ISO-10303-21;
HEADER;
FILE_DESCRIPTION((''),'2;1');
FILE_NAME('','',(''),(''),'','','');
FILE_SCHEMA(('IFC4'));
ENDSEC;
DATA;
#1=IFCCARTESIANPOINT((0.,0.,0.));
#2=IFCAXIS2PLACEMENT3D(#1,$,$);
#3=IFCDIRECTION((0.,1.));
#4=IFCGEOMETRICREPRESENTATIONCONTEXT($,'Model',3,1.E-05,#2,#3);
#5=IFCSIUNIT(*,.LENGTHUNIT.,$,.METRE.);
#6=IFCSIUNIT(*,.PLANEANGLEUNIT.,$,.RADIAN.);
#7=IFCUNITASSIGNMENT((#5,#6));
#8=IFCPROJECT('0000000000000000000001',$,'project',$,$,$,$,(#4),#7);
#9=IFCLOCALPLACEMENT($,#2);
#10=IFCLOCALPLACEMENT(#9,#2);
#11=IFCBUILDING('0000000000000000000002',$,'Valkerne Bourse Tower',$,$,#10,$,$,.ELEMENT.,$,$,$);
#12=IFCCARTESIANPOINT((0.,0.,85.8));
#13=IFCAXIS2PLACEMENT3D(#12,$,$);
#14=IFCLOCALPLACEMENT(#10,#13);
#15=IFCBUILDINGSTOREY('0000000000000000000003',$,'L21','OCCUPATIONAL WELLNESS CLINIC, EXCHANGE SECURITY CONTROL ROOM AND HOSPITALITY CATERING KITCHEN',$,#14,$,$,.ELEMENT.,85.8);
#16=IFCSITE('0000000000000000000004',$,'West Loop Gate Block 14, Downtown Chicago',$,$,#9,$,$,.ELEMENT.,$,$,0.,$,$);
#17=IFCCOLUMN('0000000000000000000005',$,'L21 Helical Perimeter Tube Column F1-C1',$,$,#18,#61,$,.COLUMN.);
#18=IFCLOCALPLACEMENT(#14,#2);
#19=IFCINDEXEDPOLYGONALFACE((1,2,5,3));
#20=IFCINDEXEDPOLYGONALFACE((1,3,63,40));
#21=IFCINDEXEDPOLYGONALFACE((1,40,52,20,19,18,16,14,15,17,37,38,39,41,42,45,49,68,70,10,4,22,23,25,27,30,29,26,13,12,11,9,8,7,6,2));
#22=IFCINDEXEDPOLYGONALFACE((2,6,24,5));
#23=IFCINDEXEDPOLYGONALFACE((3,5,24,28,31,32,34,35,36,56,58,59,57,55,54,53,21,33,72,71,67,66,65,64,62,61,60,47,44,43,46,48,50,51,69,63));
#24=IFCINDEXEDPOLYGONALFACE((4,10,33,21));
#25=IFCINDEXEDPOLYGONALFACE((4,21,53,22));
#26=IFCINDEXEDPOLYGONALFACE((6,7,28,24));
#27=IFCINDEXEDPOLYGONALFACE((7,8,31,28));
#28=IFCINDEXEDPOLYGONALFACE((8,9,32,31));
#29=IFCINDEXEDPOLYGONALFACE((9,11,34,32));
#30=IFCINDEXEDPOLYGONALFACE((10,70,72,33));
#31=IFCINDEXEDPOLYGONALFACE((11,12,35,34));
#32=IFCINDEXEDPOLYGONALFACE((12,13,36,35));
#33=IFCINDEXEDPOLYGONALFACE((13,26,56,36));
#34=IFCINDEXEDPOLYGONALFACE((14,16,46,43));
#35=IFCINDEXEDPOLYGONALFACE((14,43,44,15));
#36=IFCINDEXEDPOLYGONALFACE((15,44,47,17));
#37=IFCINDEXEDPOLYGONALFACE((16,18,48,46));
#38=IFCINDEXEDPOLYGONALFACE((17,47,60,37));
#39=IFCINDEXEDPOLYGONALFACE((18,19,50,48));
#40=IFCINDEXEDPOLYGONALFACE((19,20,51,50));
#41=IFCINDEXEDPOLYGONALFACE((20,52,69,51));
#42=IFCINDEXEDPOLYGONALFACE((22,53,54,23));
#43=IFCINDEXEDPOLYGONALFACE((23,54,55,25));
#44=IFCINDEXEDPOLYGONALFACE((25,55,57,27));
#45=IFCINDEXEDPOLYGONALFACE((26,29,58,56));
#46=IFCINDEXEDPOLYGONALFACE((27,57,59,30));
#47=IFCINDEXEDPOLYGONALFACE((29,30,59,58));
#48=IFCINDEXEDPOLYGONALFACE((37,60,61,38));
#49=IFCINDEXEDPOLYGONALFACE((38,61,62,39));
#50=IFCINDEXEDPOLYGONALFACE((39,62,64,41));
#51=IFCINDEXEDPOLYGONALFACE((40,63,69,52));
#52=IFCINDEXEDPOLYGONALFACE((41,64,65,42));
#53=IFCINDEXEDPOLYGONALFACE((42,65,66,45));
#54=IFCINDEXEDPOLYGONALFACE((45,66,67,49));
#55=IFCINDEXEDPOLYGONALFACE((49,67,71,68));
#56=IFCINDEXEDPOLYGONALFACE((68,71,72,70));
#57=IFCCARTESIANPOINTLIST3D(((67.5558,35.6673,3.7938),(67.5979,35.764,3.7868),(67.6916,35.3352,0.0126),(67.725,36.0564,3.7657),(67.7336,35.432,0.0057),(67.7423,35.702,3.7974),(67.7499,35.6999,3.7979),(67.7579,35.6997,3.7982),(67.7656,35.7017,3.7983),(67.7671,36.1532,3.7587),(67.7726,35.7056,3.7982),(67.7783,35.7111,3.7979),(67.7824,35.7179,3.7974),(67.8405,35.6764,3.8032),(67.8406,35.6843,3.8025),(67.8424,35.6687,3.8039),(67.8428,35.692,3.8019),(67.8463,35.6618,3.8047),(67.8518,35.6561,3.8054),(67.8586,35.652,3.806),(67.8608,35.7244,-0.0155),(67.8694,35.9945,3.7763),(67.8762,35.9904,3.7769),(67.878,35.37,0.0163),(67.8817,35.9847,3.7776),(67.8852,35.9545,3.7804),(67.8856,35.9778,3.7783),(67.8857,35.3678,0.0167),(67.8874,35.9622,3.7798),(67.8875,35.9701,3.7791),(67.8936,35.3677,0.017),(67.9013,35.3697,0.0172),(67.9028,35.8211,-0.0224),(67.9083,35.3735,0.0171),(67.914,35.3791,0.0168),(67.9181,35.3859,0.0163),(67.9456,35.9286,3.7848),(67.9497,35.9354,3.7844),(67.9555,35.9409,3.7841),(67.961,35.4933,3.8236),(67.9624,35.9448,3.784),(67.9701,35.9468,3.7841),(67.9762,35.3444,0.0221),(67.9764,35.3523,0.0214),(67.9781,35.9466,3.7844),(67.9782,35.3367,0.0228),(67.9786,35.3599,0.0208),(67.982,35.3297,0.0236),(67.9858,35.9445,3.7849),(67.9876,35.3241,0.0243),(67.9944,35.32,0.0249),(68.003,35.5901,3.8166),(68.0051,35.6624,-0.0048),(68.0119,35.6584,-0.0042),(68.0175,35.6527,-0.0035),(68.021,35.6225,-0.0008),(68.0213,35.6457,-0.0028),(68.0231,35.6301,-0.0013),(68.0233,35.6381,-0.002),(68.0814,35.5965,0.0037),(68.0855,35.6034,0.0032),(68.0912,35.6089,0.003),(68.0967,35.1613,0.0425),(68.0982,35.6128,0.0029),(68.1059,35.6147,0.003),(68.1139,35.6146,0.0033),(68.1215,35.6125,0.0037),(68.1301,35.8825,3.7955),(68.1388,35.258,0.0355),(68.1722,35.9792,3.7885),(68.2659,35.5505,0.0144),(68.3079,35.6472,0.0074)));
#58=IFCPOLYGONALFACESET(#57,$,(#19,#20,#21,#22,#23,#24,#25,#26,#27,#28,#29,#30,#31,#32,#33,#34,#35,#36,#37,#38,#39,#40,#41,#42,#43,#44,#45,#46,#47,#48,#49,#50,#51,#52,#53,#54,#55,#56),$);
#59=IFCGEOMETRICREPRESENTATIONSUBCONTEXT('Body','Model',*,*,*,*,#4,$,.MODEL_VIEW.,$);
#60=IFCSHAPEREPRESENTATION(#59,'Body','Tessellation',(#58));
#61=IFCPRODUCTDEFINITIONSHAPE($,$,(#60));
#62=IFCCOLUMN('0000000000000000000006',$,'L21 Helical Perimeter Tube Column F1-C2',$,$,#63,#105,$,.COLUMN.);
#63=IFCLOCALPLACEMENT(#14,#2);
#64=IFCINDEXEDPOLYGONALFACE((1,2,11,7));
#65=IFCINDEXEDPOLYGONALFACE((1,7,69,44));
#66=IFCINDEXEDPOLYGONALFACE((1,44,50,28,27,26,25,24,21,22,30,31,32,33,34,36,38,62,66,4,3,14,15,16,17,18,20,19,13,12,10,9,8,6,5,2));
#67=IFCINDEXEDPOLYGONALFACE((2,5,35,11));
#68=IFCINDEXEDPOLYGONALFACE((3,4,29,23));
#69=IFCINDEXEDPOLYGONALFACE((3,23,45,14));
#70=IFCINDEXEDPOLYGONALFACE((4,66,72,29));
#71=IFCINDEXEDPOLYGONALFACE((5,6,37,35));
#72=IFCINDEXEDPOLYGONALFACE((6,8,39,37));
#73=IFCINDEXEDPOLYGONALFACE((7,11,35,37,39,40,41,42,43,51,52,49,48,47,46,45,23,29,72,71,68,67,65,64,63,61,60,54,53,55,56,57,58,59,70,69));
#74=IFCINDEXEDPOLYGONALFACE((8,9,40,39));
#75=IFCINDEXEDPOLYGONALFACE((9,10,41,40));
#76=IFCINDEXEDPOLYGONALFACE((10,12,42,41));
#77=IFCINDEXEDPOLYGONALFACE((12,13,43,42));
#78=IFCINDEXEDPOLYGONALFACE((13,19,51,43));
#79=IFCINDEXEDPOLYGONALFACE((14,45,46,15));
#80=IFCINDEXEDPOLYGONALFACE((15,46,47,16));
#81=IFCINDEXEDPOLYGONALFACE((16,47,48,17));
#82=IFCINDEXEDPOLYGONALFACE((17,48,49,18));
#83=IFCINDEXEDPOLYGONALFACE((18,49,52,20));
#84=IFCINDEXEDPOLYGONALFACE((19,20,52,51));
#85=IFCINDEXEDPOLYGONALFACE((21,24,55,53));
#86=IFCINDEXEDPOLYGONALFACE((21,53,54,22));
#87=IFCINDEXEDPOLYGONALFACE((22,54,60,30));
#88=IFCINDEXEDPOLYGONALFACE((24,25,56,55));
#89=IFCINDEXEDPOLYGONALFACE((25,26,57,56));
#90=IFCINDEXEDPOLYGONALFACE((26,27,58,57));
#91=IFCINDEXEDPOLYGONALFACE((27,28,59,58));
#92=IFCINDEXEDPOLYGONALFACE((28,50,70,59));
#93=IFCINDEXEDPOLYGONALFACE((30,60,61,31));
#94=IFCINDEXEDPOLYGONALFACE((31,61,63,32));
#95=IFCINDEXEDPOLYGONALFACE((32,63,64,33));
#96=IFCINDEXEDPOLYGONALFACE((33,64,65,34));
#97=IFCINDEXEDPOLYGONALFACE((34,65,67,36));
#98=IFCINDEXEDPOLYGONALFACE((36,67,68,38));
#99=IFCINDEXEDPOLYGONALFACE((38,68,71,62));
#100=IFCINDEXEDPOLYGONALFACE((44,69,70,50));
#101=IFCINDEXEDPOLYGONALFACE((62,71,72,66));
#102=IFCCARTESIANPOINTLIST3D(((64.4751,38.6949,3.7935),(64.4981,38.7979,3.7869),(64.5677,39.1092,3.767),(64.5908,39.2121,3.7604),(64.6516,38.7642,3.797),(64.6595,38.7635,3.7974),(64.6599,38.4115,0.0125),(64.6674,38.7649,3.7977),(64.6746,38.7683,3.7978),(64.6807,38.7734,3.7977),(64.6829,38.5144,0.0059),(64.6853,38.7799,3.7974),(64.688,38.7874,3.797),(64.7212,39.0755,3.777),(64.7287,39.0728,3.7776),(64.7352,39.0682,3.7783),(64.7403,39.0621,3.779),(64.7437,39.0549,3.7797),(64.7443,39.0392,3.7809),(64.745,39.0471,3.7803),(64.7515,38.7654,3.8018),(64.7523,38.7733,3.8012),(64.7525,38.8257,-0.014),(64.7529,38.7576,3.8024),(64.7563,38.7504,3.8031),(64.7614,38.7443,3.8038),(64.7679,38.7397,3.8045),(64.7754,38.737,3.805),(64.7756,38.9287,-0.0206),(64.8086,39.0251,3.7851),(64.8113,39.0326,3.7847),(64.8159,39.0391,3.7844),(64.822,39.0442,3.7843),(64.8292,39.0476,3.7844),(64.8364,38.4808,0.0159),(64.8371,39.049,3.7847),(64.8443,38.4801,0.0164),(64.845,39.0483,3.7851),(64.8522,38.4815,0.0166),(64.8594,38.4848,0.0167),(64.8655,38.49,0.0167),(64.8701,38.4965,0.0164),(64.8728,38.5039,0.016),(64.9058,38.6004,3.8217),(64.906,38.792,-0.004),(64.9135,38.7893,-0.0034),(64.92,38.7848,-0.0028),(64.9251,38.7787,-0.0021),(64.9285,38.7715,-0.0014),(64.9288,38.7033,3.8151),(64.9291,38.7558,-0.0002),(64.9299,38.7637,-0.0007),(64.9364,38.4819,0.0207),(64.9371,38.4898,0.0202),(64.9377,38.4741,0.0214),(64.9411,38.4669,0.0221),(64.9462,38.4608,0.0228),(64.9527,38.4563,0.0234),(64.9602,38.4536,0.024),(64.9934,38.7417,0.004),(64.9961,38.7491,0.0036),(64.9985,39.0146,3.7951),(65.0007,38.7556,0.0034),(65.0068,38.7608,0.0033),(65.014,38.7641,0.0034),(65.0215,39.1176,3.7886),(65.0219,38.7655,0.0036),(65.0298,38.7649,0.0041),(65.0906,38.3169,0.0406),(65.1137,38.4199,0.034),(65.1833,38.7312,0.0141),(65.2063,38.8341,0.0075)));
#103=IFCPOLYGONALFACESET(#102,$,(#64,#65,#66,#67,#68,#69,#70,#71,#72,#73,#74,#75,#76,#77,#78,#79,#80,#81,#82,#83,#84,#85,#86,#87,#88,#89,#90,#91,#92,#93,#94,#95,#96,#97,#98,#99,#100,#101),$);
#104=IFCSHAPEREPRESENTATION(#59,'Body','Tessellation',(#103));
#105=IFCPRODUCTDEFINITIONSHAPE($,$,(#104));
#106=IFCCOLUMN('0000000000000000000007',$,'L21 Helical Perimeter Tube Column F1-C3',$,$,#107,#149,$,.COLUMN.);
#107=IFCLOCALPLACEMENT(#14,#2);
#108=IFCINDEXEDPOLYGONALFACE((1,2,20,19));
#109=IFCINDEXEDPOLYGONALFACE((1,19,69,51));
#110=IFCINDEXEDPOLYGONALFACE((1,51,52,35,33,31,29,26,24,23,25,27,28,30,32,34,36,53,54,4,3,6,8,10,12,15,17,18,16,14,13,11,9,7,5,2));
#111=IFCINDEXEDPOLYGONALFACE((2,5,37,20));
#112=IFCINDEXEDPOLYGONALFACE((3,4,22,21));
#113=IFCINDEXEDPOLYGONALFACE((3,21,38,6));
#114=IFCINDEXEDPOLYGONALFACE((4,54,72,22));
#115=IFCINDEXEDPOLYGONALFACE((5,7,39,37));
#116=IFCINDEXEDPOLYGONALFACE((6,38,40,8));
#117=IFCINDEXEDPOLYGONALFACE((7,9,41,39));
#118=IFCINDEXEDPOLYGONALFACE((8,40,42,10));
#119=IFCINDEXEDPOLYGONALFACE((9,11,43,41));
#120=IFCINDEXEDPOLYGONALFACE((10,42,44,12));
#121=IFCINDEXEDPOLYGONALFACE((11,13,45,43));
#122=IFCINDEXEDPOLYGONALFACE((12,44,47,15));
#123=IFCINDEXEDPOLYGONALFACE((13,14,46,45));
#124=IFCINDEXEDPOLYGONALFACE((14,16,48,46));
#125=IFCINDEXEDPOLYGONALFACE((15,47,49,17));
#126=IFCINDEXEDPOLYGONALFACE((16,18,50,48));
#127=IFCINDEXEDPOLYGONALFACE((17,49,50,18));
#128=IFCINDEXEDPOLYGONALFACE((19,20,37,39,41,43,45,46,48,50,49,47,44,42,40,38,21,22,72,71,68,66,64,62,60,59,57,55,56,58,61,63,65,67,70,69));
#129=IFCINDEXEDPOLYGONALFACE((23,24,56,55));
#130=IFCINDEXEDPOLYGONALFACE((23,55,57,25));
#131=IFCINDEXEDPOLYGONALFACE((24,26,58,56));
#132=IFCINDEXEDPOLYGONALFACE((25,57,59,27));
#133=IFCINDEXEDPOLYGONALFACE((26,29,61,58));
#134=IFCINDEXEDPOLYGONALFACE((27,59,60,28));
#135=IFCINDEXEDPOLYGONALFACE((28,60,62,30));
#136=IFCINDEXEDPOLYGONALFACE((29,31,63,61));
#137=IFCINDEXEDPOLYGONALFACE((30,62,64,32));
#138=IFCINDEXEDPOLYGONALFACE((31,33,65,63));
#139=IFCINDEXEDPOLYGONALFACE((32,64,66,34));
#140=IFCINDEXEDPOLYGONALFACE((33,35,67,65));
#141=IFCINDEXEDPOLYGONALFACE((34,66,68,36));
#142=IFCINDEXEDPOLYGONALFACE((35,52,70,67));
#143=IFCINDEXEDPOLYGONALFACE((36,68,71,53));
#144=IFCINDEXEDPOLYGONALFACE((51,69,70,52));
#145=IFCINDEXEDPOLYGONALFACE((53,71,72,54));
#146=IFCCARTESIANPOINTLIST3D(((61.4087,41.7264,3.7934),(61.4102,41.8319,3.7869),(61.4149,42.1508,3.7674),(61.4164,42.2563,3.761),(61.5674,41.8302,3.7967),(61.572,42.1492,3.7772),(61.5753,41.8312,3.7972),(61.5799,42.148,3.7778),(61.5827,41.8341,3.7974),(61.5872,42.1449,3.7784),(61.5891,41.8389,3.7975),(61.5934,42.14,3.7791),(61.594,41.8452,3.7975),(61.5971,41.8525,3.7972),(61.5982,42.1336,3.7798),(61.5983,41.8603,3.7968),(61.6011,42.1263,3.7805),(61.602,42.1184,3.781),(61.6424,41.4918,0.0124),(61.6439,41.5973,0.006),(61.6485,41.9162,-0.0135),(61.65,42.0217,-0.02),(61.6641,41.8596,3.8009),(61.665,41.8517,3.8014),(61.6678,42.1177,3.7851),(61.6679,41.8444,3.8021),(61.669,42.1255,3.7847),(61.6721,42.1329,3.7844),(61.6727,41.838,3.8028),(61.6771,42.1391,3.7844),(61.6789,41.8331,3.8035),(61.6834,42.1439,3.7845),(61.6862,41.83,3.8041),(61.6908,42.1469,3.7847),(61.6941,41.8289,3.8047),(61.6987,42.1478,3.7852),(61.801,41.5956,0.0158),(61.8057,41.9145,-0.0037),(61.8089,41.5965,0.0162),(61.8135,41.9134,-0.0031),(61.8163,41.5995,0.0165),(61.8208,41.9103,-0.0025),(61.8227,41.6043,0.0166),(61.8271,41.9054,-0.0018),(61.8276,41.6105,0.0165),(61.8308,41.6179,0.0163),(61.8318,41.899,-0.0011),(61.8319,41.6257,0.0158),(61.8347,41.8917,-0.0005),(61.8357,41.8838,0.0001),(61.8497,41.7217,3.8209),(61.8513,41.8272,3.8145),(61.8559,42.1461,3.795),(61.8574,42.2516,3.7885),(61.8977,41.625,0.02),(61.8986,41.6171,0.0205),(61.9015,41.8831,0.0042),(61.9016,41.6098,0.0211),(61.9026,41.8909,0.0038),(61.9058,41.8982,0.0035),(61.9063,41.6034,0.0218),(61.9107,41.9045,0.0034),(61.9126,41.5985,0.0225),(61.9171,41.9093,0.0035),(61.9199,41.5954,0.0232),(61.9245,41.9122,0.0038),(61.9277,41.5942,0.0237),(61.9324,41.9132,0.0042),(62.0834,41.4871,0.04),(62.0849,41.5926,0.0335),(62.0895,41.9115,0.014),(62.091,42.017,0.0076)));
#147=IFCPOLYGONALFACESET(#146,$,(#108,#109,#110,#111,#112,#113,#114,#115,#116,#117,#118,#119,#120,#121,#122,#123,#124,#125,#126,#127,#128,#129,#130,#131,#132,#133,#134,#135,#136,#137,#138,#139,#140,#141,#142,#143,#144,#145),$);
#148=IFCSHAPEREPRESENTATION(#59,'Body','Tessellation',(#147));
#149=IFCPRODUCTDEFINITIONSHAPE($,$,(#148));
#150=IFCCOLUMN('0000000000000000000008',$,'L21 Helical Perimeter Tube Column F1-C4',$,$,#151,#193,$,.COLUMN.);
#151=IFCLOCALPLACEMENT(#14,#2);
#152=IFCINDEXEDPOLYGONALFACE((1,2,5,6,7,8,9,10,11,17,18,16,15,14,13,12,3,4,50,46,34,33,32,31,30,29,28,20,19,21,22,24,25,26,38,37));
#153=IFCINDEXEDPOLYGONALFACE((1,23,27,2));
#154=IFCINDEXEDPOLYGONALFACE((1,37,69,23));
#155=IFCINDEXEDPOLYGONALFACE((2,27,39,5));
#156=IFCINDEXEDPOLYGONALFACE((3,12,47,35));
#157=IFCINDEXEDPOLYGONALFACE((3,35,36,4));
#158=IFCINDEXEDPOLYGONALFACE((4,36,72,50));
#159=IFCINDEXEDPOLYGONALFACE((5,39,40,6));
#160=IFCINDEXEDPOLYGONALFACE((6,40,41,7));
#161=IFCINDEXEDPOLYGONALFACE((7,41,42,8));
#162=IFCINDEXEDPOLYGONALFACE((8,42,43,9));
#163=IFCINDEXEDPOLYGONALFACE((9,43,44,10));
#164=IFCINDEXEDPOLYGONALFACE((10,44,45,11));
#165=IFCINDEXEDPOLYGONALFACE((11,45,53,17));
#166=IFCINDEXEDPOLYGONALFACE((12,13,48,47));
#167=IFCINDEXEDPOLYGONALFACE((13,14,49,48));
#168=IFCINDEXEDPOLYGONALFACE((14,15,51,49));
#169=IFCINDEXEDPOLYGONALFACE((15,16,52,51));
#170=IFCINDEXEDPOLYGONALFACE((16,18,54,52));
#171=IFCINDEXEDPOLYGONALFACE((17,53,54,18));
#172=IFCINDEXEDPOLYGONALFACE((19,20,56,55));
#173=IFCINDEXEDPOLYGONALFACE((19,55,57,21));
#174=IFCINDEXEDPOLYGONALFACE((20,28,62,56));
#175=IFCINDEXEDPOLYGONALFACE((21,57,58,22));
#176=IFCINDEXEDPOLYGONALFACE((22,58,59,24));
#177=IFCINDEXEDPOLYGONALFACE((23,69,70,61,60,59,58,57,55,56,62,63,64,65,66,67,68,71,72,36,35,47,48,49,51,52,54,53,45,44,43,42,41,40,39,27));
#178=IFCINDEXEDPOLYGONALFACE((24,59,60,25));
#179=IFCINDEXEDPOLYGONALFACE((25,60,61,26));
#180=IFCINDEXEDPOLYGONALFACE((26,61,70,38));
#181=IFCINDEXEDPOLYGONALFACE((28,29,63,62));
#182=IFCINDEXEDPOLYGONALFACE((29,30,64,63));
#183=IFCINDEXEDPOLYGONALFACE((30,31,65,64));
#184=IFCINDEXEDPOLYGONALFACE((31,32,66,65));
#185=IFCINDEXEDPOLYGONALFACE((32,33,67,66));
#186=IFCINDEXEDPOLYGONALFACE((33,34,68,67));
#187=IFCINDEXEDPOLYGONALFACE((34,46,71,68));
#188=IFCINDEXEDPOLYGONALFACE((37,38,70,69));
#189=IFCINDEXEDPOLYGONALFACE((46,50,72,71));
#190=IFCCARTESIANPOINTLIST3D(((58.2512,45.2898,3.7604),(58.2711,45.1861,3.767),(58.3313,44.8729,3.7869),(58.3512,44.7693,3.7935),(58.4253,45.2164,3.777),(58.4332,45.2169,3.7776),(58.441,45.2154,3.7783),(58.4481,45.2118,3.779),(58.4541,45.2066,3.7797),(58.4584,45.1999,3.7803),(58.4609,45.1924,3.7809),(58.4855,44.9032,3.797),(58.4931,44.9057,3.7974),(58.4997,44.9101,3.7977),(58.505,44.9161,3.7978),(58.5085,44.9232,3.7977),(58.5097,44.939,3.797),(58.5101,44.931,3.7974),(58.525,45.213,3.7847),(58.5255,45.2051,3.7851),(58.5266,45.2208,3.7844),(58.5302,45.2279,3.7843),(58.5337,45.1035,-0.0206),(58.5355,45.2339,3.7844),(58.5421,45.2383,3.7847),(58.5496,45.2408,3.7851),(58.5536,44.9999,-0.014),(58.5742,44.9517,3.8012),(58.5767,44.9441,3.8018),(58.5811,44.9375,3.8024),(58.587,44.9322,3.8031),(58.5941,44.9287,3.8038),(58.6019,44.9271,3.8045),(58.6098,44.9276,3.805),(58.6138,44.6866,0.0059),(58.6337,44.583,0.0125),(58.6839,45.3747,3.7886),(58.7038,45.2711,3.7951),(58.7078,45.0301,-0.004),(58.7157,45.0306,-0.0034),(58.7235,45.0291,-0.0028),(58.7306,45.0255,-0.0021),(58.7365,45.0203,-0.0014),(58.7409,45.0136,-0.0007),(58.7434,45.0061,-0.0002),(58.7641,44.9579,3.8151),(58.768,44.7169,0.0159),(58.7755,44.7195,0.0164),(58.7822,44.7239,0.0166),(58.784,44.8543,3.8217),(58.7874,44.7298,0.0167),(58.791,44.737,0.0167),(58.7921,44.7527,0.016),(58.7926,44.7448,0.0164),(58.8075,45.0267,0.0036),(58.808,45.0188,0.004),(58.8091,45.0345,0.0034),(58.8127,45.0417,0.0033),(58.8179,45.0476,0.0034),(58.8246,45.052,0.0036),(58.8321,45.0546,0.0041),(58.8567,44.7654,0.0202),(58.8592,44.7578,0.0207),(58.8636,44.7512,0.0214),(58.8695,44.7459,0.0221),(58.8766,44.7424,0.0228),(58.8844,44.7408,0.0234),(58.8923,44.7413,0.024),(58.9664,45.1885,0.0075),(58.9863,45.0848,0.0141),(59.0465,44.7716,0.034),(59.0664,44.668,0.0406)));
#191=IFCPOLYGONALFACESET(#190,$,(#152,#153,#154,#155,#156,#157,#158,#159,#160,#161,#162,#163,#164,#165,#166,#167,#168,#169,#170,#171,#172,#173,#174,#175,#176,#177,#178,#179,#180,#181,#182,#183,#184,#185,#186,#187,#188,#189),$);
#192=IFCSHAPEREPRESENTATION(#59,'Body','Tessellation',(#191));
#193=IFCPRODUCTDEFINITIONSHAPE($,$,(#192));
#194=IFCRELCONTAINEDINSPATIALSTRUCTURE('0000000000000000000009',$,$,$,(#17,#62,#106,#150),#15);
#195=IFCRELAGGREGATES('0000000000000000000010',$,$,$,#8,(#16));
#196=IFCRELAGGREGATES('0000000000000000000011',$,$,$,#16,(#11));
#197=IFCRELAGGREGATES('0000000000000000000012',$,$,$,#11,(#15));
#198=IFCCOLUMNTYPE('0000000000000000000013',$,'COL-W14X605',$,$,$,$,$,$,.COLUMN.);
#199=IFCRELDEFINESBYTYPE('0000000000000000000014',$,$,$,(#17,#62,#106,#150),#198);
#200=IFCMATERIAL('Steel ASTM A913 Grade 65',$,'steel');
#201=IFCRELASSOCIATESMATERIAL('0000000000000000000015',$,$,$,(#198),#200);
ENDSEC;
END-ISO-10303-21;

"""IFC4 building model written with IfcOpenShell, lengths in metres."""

from ifc_helpers import new_model, si_unit, direction, frame, origin, origin_2d, place, context, subcontext, project, spatial, i_section, extrude, material, material_profile, profile_set, type_object, element, save


model = new_model("IFC4")

# Units and contexts
model_context = context("Model", 3, precision=1e-05, world=origin(), true_north=direction((0.0, 1.0)))
body_context = subcontext(model_context, "Body", "Model", "MODEL_VIEW")
ifc_project = project(units=[si_unit("LENGTHUNIT", "METRE"), si_unit("PLANEANGLEUNIT", "RADIAN")], contexts=[model_context])

# Site, building, storey
site_placement = place(None, origin())
site = spatial("IfcSite", under=ifc_project, at=site_placement, Name="West Loop Gate Block 14, Downtown Chicago", CompositionType="ELEMENT", RefElevation=0.0)
building_placement = place(site_placement, origin())
building = spatial("IfcBuilding", under=site, at=building_placement, Name="Valkerne Bourse Tower", CompositionType="ELEMENT")
storey_placement = place(building_placement, frame((0.0, 0.0, 85.8)))
storey = spatial("IfcBuildingStorey", under=building, at=storey_placement, Name="L21", Description="OCCUPATIONAL WELLNESS CLINIC, EXCHANGE SECURITY CONTROL ROOM AND HOSPITALITY CATERING KITCHEN", CompositionType="ELEMENT", Elevation=85.8)

# Columns
ifc_material_1 = material(Name="Steel ASTM A913 Grade 65", Category="steel")
ifc_material_profile_1 = material_profile(ifc_material_1, i_section(OverallWidth=0.4419, OverallDepth=0.531, WebThickness=0.0659, FlangeThickness=0.1057, FilletRadius=0.0305, at=origin_2d()), Name="W14X605")
ifc_profile_set_1 = profile_set([ifc_material_profile_1], Name="Steel ASTM A913 Grade 65")
column_type = type_object("IfcColumnType", Name="COL-W14X605", PredefinedType="COLUMN", material=ifc_profile_set_1)
column_1_placement = place(storey_placement, frame((67.9998, 35.4912, 0.01), z_axis=(-0.035741, 0.087423, 0.99553), x_axis=(0.916795, -0.393617, 0.06748)))
element("IfcColumn", 1, at=column_1_placement, inside=storey, type_object=column_type, Name="L21 Helical Perimeter Tube Column F1-C1", PredefinedType="COLUMN", context=body_context, shape_type="SweptSolid", body=[
    extrude(i_section(OverallWidth=0.4419, OverallDepth=0.531, WebThickness=0.0659, FlangeThickness=0.1057, FilletRadius=0.0305, at=origin_2d()), origin(), (0.0, 0.0, 1.0), 3.7981),
])
column_2_placement = place(storey_placement, frame((64.9331, 38.6228, 0.01), z_axis=(-0.048685, 0.074668, 0.996019), x_axis=(0.974763, -0.213967, 0.063686)))
element("IfcColumn", 2, at=column_2_placement, inside=storey, type_object=column_type, Name="L21 Helical Perimeter Tube Column F1-C2", PredefinedType="COLUMN", context=body_context, shape_type="SweptSolid", body=[
    extrude(i_section(OverallWidth=0.4419, OverallDepth=0.531, WebThickness=0.0659, FlangeThickness=0.1057, FilletRadius=0.0305, at=origin_2d()), origin(), (0.0, 0.0, 1.0), 3.7961),
])
column_3_placement = place(storey_placement, frame((61.8667, 41.7544, 0.01), z_axis=(-0.061558, 0.061815, 0.996187), x_axis=(0.997999, -0.010627, 0.06233)))
element("IfcColumn", 3, at=column_3_placement, inside=storey, type_object=column_type, Name="L21 Helical Perimeter Tube Column F1-C3", PredefinedType="COLUMN", context=body_context, shape_type="SweptSolid", body=[
    extrude(i_section(OverallWidth=0.4419, OverallDepth=0.531, WebThickness=0.0659, FlangeThickness=0.1057, FilletRadius=0.0305, at=origin_2d()), origin(), (0.0, 0.0, 1.0), 3.7954),
])
column_4_placement = place(storey_placement, frame((58.8, 44.8857, 0.01), z_axis=(-0.07441, 0.049071, 0.99602), x_axis=(0.979264, 0.192316, 0.063684)))
element("IfcColumn", 4, at=column_4_placement, inside=storey, type_object=column_type, Name="L21 Helical Perimeter Tube Column F1-C4", PredefinedType="COLUMN", context=body_context, shape_type="SweptSolid", body=[
    extrude(i_section(OverallWidth=0.4419, OverallDepth=0.531, WebThickness=0.0659, FlangeThickness=0.1057, FilletRadius=0.0305, at=origin_2d()), origin(), (0.0, 0.0, 1.0), 3.7961),
])

save(model, "model.ifc")
